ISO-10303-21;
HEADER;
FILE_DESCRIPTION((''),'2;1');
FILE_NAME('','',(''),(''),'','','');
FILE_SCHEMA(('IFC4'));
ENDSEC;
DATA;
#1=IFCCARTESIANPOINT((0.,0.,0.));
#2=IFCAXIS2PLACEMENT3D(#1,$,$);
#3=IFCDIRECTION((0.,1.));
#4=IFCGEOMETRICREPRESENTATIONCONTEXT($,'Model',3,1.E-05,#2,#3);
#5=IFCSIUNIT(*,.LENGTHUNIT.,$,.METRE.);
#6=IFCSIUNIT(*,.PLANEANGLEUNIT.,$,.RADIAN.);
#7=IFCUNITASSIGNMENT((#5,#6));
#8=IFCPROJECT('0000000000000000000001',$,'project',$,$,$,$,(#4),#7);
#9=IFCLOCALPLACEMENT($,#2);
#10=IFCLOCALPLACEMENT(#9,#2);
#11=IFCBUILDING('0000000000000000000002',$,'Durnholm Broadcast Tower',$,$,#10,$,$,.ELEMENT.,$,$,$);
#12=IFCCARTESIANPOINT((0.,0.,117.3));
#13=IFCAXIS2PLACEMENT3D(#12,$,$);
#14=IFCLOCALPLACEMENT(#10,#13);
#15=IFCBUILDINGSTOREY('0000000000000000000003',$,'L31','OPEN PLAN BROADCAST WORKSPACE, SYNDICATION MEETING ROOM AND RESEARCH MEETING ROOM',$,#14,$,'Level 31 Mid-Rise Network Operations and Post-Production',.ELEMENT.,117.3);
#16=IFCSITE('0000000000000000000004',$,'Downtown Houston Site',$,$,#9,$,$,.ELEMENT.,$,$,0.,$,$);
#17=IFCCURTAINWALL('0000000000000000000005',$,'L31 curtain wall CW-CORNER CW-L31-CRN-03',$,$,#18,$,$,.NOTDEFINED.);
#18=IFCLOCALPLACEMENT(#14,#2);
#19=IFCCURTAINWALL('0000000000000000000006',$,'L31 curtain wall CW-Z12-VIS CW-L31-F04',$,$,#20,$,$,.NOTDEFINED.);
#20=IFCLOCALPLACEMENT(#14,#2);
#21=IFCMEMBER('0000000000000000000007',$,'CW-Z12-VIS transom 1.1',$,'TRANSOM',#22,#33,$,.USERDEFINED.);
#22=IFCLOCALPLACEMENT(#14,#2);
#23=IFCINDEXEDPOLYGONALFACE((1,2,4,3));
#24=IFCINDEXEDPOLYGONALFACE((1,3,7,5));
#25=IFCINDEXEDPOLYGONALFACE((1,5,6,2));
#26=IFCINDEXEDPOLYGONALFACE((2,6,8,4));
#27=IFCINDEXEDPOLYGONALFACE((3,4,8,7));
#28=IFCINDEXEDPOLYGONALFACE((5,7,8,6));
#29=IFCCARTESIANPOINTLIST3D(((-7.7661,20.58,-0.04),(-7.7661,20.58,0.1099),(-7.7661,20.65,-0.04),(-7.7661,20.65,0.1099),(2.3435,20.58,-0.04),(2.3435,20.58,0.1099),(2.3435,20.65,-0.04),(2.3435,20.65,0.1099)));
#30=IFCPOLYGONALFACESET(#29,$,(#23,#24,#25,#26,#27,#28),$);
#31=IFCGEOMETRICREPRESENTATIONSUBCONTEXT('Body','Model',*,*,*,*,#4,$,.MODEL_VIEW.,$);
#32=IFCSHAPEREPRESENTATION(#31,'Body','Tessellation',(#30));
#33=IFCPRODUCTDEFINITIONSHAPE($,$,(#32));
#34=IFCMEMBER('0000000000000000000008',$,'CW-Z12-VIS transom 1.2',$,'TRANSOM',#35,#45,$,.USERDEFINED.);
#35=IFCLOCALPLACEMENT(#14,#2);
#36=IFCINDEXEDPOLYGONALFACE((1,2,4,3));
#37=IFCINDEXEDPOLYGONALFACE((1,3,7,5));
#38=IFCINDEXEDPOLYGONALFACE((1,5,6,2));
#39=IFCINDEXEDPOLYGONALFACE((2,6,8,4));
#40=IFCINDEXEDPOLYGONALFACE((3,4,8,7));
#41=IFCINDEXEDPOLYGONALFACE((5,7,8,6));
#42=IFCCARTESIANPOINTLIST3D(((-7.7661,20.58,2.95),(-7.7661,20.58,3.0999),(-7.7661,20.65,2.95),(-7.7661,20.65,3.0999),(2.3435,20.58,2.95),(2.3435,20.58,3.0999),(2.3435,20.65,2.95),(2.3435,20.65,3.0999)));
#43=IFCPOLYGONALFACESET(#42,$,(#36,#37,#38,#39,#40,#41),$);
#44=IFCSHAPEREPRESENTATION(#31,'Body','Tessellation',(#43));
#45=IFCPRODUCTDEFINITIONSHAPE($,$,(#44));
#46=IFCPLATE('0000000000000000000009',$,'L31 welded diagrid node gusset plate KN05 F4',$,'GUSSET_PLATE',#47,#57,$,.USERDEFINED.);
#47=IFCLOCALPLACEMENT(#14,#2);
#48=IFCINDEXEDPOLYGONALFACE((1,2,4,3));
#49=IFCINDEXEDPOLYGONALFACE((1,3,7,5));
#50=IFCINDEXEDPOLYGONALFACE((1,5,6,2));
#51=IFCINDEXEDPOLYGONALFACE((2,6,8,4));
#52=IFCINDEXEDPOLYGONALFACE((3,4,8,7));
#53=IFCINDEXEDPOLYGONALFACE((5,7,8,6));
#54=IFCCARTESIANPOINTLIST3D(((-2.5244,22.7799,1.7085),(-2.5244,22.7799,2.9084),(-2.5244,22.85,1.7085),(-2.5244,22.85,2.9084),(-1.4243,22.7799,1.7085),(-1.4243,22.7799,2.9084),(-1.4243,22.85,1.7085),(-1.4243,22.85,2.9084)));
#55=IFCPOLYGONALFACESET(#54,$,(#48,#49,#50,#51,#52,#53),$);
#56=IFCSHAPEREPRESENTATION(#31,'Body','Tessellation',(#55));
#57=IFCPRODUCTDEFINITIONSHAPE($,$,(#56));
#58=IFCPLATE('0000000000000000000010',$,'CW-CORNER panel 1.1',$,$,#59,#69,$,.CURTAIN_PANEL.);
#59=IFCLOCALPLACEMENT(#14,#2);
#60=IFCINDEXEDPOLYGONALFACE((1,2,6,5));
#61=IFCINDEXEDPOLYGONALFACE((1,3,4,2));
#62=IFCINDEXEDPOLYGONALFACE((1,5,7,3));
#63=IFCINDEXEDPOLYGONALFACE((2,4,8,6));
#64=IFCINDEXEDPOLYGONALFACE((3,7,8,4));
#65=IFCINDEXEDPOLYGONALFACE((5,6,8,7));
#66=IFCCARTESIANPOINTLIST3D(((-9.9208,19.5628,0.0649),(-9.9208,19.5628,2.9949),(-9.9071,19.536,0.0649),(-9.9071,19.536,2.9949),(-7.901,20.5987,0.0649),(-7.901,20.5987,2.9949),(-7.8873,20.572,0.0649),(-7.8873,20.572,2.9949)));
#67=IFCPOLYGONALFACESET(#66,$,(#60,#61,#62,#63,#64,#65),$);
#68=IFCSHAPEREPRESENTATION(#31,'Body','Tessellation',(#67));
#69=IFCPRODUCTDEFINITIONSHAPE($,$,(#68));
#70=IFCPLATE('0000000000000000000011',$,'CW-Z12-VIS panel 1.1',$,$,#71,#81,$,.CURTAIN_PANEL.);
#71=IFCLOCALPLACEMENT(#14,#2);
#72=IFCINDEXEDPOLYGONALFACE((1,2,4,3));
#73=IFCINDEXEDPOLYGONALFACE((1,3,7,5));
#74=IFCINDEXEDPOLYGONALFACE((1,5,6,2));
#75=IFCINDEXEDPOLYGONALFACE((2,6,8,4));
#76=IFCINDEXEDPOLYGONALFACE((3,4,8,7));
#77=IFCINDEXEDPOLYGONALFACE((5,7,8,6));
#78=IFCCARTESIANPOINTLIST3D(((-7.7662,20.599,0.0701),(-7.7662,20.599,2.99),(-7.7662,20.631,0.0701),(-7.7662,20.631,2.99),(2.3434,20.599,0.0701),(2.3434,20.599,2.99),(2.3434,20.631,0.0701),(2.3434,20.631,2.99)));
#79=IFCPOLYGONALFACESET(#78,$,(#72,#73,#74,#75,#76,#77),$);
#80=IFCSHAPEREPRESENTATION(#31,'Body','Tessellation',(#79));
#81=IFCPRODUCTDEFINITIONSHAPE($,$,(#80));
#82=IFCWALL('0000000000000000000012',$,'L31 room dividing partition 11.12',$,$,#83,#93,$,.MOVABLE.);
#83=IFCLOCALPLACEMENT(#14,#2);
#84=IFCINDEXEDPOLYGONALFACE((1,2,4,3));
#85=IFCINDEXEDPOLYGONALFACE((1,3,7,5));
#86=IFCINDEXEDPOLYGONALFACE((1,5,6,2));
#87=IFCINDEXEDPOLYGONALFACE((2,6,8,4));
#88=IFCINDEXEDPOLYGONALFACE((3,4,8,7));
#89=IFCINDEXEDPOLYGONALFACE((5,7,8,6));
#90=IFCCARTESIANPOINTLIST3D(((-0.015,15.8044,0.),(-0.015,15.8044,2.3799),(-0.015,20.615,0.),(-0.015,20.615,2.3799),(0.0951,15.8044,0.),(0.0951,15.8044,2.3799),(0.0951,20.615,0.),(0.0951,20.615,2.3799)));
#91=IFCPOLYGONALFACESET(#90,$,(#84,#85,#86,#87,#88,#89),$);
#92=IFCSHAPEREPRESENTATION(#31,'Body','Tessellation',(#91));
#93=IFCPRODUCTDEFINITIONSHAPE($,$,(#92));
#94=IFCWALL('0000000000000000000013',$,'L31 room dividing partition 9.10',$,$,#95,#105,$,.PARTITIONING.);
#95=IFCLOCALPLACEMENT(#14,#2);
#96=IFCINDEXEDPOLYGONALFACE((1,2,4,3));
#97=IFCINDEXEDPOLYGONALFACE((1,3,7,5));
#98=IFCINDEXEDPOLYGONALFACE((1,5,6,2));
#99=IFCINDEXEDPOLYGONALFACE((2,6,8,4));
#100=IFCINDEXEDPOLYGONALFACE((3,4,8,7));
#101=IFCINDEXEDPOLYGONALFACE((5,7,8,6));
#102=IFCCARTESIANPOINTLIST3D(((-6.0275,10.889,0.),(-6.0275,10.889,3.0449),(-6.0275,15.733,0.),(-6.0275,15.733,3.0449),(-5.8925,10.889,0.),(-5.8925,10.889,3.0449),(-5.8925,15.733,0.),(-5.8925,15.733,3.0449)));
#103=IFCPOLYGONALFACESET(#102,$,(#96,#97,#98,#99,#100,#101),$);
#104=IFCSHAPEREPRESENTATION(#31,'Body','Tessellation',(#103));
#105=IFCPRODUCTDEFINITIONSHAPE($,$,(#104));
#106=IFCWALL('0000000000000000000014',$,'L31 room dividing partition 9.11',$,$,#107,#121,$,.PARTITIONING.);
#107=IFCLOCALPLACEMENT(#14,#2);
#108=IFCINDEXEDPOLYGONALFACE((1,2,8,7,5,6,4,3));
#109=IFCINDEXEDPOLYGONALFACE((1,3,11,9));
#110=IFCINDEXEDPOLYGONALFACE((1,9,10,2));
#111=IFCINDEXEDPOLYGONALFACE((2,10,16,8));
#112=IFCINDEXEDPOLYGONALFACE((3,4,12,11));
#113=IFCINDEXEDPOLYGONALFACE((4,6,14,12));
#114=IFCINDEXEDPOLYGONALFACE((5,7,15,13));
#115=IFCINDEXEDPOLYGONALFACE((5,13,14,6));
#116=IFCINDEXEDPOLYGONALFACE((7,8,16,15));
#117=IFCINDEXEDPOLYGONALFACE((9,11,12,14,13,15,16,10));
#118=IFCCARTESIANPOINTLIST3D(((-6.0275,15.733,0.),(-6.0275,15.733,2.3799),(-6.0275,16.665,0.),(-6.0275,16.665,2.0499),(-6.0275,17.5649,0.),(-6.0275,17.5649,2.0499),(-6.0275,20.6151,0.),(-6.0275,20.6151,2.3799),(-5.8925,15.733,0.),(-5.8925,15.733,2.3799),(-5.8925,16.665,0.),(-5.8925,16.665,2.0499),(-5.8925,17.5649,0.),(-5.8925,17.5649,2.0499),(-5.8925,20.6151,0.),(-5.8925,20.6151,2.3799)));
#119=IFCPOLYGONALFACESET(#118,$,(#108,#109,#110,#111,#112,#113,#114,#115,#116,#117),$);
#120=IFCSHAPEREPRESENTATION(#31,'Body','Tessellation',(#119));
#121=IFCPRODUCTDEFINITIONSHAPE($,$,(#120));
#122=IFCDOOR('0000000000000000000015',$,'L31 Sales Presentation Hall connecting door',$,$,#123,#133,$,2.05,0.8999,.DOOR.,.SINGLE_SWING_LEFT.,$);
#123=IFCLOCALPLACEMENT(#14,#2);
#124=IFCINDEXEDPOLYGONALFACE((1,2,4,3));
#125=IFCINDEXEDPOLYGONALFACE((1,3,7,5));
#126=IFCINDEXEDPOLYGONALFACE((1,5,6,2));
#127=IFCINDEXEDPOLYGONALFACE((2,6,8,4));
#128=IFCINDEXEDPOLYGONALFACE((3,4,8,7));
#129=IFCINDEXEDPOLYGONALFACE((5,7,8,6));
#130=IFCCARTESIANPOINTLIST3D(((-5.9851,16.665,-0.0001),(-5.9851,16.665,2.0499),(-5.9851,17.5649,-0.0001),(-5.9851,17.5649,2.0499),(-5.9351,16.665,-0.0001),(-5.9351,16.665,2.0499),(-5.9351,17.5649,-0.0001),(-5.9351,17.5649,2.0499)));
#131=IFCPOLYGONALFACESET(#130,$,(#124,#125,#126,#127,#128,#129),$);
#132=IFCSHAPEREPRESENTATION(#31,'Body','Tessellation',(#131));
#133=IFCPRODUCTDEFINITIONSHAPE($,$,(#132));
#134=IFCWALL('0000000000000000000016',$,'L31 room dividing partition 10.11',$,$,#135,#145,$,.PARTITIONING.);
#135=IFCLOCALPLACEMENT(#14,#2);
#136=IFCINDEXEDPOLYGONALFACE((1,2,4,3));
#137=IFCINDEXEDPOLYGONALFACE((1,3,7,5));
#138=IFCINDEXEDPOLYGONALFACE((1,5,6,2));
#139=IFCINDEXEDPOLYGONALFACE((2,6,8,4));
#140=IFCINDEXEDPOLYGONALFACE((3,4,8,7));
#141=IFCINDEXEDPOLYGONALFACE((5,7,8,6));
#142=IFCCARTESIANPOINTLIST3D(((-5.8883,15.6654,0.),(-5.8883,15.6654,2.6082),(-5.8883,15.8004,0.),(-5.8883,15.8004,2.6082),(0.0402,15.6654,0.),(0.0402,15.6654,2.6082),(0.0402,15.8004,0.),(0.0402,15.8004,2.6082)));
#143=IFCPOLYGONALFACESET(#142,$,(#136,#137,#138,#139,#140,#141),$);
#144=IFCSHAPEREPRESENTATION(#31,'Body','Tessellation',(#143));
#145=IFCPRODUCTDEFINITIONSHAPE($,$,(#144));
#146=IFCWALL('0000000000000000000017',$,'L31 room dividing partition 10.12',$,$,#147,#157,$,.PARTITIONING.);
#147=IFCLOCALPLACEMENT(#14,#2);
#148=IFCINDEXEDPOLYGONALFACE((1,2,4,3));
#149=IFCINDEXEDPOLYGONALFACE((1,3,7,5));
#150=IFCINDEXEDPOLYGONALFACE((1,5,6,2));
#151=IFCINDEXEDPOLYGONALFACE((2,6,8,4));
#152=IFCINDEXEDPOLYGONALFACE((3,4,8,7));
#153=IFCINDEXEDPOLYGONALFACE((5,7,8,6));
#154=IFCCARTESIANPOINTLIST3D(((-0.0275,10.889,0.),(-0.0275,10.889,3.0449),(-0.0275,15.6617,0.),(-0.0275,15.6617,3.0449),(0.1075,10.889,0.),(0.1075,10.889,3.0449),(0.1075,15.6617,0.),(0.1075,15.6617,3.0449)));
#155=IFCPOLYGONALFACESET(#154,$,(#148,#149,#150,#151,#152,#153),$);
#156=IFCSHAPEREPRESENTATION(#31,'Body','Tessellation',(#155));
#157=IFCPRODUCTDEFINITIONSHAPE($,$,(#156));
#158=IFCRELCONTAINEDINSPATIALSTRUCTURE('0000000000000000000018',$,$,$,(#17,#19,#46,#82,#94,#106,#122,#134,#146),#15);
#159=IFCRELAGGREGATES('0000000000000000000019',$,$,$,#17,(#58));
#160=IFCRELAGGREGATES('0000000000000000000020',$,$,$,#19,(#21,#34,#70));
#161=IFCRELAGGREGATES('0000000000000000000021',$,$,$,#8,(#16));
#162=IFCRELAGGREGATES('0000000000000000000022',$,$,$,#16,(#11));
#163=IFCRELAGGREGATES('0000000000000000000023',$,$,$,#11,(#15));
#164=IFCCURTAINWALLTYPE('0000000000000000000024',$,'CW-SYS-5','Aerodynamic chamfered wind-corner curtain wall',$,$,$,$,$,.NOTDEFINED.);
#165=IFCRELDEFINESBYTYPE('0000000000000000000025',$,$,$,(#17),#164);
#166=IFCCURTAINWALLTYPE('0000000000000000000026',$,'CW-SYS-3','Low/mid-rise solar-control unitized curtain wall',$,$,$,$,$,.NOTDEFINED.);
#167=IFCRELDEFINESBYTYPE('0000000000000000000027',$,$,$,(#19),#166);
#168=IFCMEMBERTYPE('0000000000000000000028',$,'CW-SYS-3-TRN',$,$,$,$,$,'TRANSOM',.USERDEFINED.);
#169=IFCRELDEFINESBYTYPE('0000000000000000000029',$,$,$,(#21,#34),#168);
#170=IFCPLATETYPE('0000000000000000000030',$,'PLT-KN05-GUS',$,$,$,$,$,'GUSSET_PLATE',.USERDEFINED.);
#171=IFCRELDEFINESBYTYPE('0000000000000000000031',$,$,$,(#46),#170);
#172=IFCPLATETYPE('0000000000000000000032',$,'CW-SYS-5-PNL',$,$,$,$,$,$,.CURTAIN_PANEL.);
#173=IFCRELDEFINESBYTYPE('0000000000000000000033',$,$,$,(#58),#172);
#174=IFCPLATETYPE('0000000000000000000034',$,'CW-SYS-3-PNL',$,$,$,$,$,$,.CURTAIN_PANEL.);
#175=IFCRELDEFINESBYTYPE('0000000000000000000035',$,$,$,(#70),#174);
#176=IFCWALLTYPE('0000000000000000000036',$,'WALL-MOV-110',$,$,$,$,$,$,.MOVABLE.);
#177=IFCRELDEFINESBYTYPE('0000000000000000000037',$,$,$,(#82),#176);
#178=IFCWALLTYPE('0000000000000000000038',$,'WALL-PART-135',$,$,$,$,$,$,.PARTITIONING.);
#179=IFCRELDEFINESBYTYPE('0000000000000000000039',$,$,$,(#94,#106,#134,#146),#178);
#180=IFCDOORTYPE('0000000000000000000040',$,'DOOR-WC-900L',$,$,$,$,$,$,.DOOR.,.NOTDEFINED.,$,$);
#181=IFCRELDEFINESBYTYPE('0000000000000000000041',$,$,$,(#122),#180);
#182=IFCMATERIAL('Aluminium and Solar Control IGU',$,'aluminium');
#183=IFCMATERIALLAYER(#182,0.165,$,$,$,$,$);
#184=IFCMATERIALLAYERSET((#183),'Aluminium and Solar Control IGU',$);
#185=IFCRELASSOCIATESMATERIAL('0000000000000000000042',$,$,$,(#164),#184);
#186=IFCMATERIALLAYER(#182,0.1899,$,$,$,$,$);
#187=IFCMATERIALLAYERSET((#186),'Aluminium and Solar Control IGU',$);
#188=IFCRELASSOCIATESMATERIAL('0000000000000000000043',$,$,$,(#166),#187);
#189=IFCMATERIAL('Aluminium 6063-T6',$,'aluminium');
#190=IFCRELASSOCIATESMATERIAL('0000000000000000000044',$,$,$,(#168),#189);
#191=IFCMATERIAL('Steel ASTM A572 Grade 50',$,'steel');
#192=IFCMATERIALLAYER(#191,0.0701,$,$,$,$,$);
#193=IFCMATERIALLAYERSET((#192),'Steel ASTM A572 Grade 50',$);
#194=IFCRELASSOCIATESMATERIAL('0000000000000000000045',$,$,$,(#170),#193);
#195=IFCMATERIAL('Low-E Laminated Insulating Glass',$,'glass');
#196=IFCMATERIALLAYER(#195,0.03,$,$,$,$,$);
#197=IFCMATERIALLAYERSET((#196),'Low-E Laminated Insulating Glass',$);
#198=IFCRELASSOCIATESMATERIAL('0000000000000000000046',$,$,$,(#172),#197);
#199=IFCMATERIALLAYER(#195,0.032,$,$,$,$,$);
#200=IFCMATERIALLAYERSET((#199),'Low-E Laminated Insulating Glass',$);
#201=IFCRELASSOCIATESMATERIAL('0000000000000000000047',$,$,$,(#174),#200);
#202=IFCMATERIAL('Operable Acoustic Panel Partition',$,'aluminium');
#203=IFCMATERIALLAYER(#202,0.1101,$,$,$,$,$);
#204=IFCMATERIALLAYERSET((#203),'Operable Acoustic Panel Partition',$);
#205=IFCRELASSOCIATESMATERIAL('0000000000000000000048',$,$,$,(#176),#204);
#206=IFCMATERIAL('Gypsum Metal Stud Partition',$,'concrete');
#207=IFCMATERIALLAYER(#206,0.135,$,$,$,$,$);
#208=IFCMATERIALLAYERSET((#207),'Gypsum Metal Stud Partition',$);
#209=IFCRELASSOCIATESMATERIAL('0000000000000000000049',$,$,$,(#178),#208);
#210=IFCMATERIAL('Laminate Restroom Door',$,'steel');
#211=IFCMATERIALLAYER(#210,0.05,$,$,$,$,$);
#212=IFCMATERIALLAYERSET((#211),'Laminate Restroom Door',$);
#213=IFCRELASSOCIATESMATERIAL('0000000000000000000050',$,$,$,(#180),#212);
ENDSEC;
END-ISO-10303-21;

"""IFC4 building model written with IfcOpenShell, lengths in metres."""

from ifc_helpers import new_model, si_unit, direction, frame, frame_2d, origin, origin_2d, place, context, subcontext, project, spatial, rectangle, extrude, source, transform, mapped, material, layer, layer_set, material_profile, profile_set, type_object, type_shapes, element, fill, aggregate, save


model = new_model("IFC4")

# Units and contexts
model_context = context("Model", 3, precision=1e-05, world=origin(), true_north=direction((0.0, 1.0)))
body_context = subcontext(model_context, "Body", "Model", "MODEL_VIEW")
ifc_project = project(units=[si_unit("LENGTHUNIT", "METRE"), si_unit("PLANEANGLEUNIT", "RADIAN")], contexts=[model_context])

# Site, building, storey
site_placement = place(None, origin())
site = spatial("IfcSite", under=ifc_project, at=site_placement, Name="Downtown Houston Site", CompositionType="ELEMENT", RefElevation=0.0)
building_placement = place(site_placement, origin())
building = spatial("IfcBuilding", under=site, at=building_placement, Name="Durnholm Broadcast Tower", CompositionType="ELEMENT")
storey_placement = place(building_placement, frame((0.0, 0.0, 117.3)))
storey = spatial("IfcBuildingStorey", under=building, at=storey_placement, Name="L31", Description="OPEN PLAN BROADCAST WORKSPACE, SYNDICATION MEETING ROOM AND RESEARCH MEETING ROOM", LongName="Level 31 Mid-Rise Network Operations and Post-Production", CompositionType="ELEMENT", Elevation=117.3)

# Curtain wall
ifc_material_1 = material(Name="Aluminium and Solar Control IGU", Category="aluminium")
ifc_layer_1 = layer(ifc_material_1, 0.165)
ifc_layer_set_1 = layer_set([ifc_layer_1], Name="Aluminium and Solar Control IGU")
curtain_wall_type_1 = type_object("IfcCurtainWallType", Name="CW-SYS-5", Description="Aerodynamic chamfered wind-corner curtain wall", PredefinedType="NOTDEFINED", material=ifc_layer_set_1)
curtain_wall_1_placement = place(storey_placement, origin())
curtain_wall_1 = element("IfcCurtainWall", 1, at=curtain_wall_1_placement, inside=storey, type_object=curtain_wall_type_1, Name="L31 curtain wall CW-CORNER CW-L31-CRN-03", PredefinedType="NOTDEFINED")
ifc_material_2 = material(Name="Aluminium 6063-T6", Category="aluminium")

# Curtain wall, members
ifc_layer_2 = layer(ifc_material_1, 0.1899)
ifc_layer_set_2 = layer_set([ifc_layer_2], Name="Aluminium and Solar Control IGU")
curtain_wall_type_2 = type_object("IfcCurtainWallType", Name="CW-SYS-3", Description="Low/mid-rise solar-control unitized curtain wall", PredefinedType="NOTDEFINED", material=ifc_layer_set_2)
curtain_wall_2_placement = place(storey_placement, origin())
curtain_wall_2 = element("IfcCurtainWall", 2, at=curtain_wall_2_placement, inside=storey, type_object=curtain_wall_type_2, Name="L31 curtain wall CW-Z12-VIS CW-L31-F04", PredefinedType="NOTDEFINED")
ifc_material_profile_1 = material_profile(ifc_material_2, rectangle(XDim=0.0701, YDim=0.1499, at=origin_2d()), Name="CWT70X150")
ifc_profile_set_1 = profile_set([ifc_material_profile_1], Name="Aluminium 6063-T6")
member_type_1 = type_object("IfcMemberType", Name="CW-SYS-3-TRN", ElementType="TRANSOM", PredefinedType="USERDEFINED", material=ifc_profile_set_1)
shared_shape_1 = source(origin(), body_context, "Body", "SweptSolid", [
    extrude(rectangle(XDim=0.0701, YDim=0.1499, at=origin_2d()), origin(), (0.0, 0.0, 1.0), 10.1096),
])
type_shapes(member_type_1, [shared_shape_1])
member_1_placement = place(storey_placement, frame((-7.7661, 20.615, 0.0349), z_axis=(1.0, 0.0, 0.0), x_axis=(0.0, 1.0, 0.0)))
member_1 = element("IfcMember", 3, at=member_1_placement, type_object=member_type_1, Name="CW-Z12-VIS transom 1.1", ObjectType="TRANSOM", PredefinedType="USERDEFINED", context=body_context, shape_type="MappedRepresentation", body=[
    mapped(shared_shape_1, transform((0.0, 0.0, 0.0), x_axis=(1.0, 0.0, 0.0), y_axis=(0.0, 1.0, 0.0), z_axis=(0.0, 0.0, 1.0), scale=1.0)),
])
member_2_placement = place(storey_placement, frame((-7.7661, 20.615, 3.0249), z_axis=(1.0, 0.0, 0.0), x_axis=(0.0, 1.0, 0.0)))
member_2 = element("IfcMember", 4, at=member_2_placement, type_object=member_type_1, Name="CW-Z12-VIS transom 1.2", ObjectType="TRANSOM", PredefinedType="USERDEFINED", context=body_context, shape_type="MappedRepresentation", body=[
    mapped(shared_shape_1, transform((0.0, 0.0, 0.0), x_axis=(1.0, 0.0, 0.0), y_axis=(0.0, 1.0, 0.0), z_axis=(0.0, 0.0, 1.0), scale=1.0)),
])

# Plates
ifc_material_3 = material(Name="Steel ASTM A572 Grade 50", Category="steel")
ifc_layer_3 = layer(ifc_material_3, 0.0701)
ifc_layer_set_3 = layer_set([ifc_layer_3], Name="Steel ASTM A572 Grade 50")
plate_type_1 = type_object("IfcPlateType", Name="PLT-KN05-GUS", ElementType="GUSSET_PLATE", PredefinedType="USERDEFINED", material=ifc_layer_set_3)
shared_shape_2 = source(origin(), body_context, "Body", "SweptSolid", [
    extrude(rectangle(XDim=1.1001, YDim=0.0701, at=origin_2d()), origin(), (0.0, 0.0, 1.0), 1.2),
])
type_shapes(plate_type_1, [shared_shape_2])
plate_1_placement = place(storey_placement, frame((-1.9744, 22.8149, 1.7085), z_axis=(0.0, 0.0, 1.0), x_axis=(-1.0, 0.0, 0.0)))
element("IfcPlate", 5, at=plate_1_placement, inside=storey, type_object=plate_type_1, Name="L31 welded diagrid node gusset plate KN05 F4", ObjectType="GUSSET_PLATE", PredefinedType="USERDEFINED", context=body_context, shape_type="MappedRepresentation", body=[
    mapped(shared_shape_2, transform((0.0, 0.0, 0.0), x_axis=(1.0, 0.0, 0.0), y_axis=(0.0, 1.0, 0.0), z_axis=(0.0, 0.0, 1.0), scale=1.0)),
])
ifc_material_4 = material(Name="Low-E Laminated Insulating Glass", Category="glass")
ifc_layer_4 = layer(ifc_material_4, 0.03)
ifc_layer_set_4 = layer_set([ifc_layer_4], Name="Low-E Laminated Insulating Glass")
plate_type_2 = type_object("IfcPlateType", Name="CW-SYS-5-PNL", PredefinedType="CURTAIN_PANEL", material=ifc_layer_set_4)
shared_shape_3 = source(origin(), body_context, "Body", "SweptSolid", [
    extrude(rectangle(XDim=2.27, YDim=0.03, at=origin_2d()), origin(), (0.0, 0.0, 1.0), 2.9299),
])
type_shapes(plate_type_2, [shared_shape_3])
plate_2_placement = place(storey_placement, frame((-8.9041, 20.0674, 0.0649), z_axis=(0.0, 0.0, 1.0), x_axis=(0.889788, 0.456373, 0.0)))
plate_2 = element("IfcPlate", 6, at=plate_2_placement, type_object=plate_type_2, Name="CW-CORNER panel 1.1", PredefinedType="CURTAIN_PANEL", context=body_context, shape_type="MappedRepresentation", body=[
    mapped(shared_shape_3, transform((0.0, 0.0, 0.0), x_axis=(1.0, 0.0, 0.0), y_axis=(0.0, 1.0, 0.0), z_axis=(0.0, 0.0, 1.0), scale=1.0)),
])
aggregate(curtain_wall_1, [plate_2])
ifc_layer_5 = layer(ifc_material_4, 0.032)
ifc_layer_set_5 = layer_set([ifc_layer_5], Name="Low-E Laminated Insulating Glass")
plate_type_3 = type_object("IfcPlateType", Name="CW-SYS-3-PNL", PredefinedType="CURTAIN_PANEL", material=ifc_layer_set_5)
shared_shape_4 = source(origin(), body_context, "Body", "SweptSolid", [
    extrude(rectangle(XDim=10.1096, YDim=0.032, at=origin_2d()), origin(), (0.0, 0.0, 1.0), 2.9199),
])
type_shapes(plate_type_3, [shared_shape_4])
plate_3_placement = place(storey_placement, frame((-2.7114, 20.615, 0.0701), z_axis=(0.0, 0.0, 1.0), x_axis=(1.0, 0.0, 0.0)))
plate_3 = element("IfcPlate", 7, at=plate_3_placement, type_object=plate_type_3, Name="CW-Z12-VIS panel 1.1", PredefinedType="CURTAIN_PANEL", context=body_context, shape_type="MappedRepresentation", body=[
    mapped(shared_shape_4, transform((0.0, 0.0, 0.0), x_axis=(1.0, 0.0, 0.0), y_axis=(0.0, 1.0, 0.0), z_axis=(0.0, 0.0, 1.0), scale=1.0)),
])
aggregate(curtain_wall_2, [member_1, member_2, plate_3])

# Walls
ifc_material_5 = material(Name="Operable Acoustic Panel Partition", Category="aluminium")
ifc_layer_6 = layer(ifc_material_5, 0.1101)
ifc_layer_set_6 = layer_set([ifc_layer_6], Name="Operable Acoustic Panel Partition")
wall_type_1 = type_object("IfcWallType", Name="WALL-MOV-110", PredefinedType="MOVABLE", material=ifc_layer_set_6)
wall_1_placement = place(storey_placement, frame((0.04, 20.615, 0.0), z_axis=(0.0, 0.0, 1.0), x_axis=(0.0, -1.0, 0.0)))
element("IfcWall", 8, at=wall_1_placement, inside=storey, type_object=wall_type_1, Name="L31 room dividing partition 11.12", PredefinedType="MOVABLE", context=body_context, shape_type="SweptSolid", body=[
    extrude(rectangle(XDim=4.8105, YDim=0.1101, at=frame_2d((2.4053, 0.0))), origin(), (0.0, 0.0, 1.0), 2.3799),
])
ifc_material_6 = material(Name="Gypsum Metal Stud Partition", Category="concrete")
ifc_layer_7 = layer(ifc_material_6, 0.135)
ifc_layer_set_7 = layer_set([ifc_layer_7], Name="Gypsum Metal Stud Partition")
wall_type_2 = type_object("IfcWallType", Name="WALL-PART-135", PredefinedType="PARTITIONING", material=ifc_layer_set_7)
wall_2_placement = place(storey_placement, frame((-5.96, 15.7329, 0.0), z_axis=(0.0, 0.0, 1.0), x_axis=(0.0, -1.0, 0.0)))
element("IfcWall", 9, at=wall_2_placement, inside=storey, type_object=wall_type_2, Name="L31 room dividing partition 9.10", PredefinedType="PARTITIONING", context=body_context, shape_type="SweptSolid", body=[
    extrude(rectangle(XDim=4.844, YDim=0.135, at=frame_2d((2.4219, 0.0))), origin(), (0.0, 0.0, 1.0), 3.0449),
])

# Wall, opening, door
wall_3_placement = place(storey_placement, frame((-5.96, 20.615, 0.0), z_axis=(0.0, 0.0, 1.0), x_axis=(0.0, -1.0, 0.0)))
wall_3 = element("IfcWall", 10, at=wall_3_placement, inside=storey, type_object=wall_type_2, Name="L31 room dividing partition 9.11", PredefinedType="PARTITIONING", context=body_context, shape_type="SweptSolid", body=[
    extrude(rectangle(XDim=4.8821, YDim=0.135, at=frame_2d((2.4409, 0.0))), origin(), (0.0, 0.0, 1.0), 2.3799),
])
opening_placement = place(wall_3_placement, frame((3.05, 0.0, 0.0)))
opening = element("IfcOpeningElement", 11, at=opening_placement, cuts=wall_3, PredefinedType="OPENING", context=body_context, shape_type="SweptSolid", body=[
    extrude(rectangle(XDim=0.8999, YDim=2.05, at=frame_2d((0.45, 1.0249))), frame((0.0, 0.0776, 0.0), z_axis=(0.0, -1.0, 0.0), x_axis=(1.0, 0.0, 0.0)), (0.0, 0.0, 1.0), 0.155),
])
ifc_material_7 = material(Name="Laminate Restroom Door", Category="steel")
ifc_layer_8 = layer(ifc_material_7, 0.05)
ifc_layer_set_8 = layer_set([ifc_layer_8], Name="Laminate Restroom Door")
door_type = type_object("IfcDoorType", Name="DOOR-WC-900L", OperationType="NOTDEFINED", PredefinedType="DOOR", material=ifc_layer_set_8)
shared_shape_5 = source(origin(), body_context, "Body", "SweptSolid", [
    extrude(rectangle(XDim=0.8999, YDim=2.05, at=frame_2d((0.45, 1.0249))), frame((0.0, 0.0249, 0.0), z_axis=(0.0, -1.0, 0.0), x_axis=(1.0, 0.0, 0.0)), (0.0, 0.0, 1.0), 0.05),
])
type_shapes(door_type, [shared_shape_5])
door_placement = place(opening_placement, origin())
door = element("IfcDoor", 12, at=door_placement, inside=storey, type_object=door_type, Name="L31 Sales Presentation Hall connecting door", OperationType="SINGLE_SWING_LEFT", OverallHeight=2.05, OverallWidth=0.8999, PredefinedType="DOOR", context=body_context, shape_type="MappedRepresentation", body=[
    mapped(shared_shape_5, transform((0.0, 0.0, 0.0), x_axis=(1.0, 0.0, 0.0), y_axis=(0.0, 1.0, 0.0), z_axis=(0.0, 0.0, 1.0), scale=1.0)),
])
fill(opening, door)

# Walls
wall_4_placement = place(storey_placement, frame((-5.8884, 15.7329, 0.0), z_axis=(0.0, 0.0, 1.0), x_axis=(1.0, 0.0, 0.0)))
element("IfcWall", 13, at=wall_4_placement, inside=storey, type_object=wall_type_2, Name="L31 room dividing partition 10.11", PredefinedType="PARTITIONING", context=body_context, shape_type="SweptSolid", body=[
    extrude(rectangle(XDim=5.9285, YDim=0.135, at=frame_2d((2.9644, 0.0))), origin(), (0.0, 0.0, 1.0), 2.6082),
])
wall_5_placement = place(storey_placement, frame((0.04, 15.6616, 0.0), z_axis=(0.0, 0.0, 1.0), x_axis=(0.0, -1.0, 0.0)))
element("IfcWall", 14, at=wall_5_placement, inside=storey, type_object=wall_type_2, Name="L31 room dividing partition 10.12", PredefinedType="PARTITIONING", context=body_context, shape_type="SweptSolid", body=[
    extrude(rectangle(XDim=4.7727, YDim=0.135, at=frame_2d((2.3862, 0.0))), origin(), (0.0, 0.0, 1.0), 3.0449),
])

save(model, "model.ifc")
